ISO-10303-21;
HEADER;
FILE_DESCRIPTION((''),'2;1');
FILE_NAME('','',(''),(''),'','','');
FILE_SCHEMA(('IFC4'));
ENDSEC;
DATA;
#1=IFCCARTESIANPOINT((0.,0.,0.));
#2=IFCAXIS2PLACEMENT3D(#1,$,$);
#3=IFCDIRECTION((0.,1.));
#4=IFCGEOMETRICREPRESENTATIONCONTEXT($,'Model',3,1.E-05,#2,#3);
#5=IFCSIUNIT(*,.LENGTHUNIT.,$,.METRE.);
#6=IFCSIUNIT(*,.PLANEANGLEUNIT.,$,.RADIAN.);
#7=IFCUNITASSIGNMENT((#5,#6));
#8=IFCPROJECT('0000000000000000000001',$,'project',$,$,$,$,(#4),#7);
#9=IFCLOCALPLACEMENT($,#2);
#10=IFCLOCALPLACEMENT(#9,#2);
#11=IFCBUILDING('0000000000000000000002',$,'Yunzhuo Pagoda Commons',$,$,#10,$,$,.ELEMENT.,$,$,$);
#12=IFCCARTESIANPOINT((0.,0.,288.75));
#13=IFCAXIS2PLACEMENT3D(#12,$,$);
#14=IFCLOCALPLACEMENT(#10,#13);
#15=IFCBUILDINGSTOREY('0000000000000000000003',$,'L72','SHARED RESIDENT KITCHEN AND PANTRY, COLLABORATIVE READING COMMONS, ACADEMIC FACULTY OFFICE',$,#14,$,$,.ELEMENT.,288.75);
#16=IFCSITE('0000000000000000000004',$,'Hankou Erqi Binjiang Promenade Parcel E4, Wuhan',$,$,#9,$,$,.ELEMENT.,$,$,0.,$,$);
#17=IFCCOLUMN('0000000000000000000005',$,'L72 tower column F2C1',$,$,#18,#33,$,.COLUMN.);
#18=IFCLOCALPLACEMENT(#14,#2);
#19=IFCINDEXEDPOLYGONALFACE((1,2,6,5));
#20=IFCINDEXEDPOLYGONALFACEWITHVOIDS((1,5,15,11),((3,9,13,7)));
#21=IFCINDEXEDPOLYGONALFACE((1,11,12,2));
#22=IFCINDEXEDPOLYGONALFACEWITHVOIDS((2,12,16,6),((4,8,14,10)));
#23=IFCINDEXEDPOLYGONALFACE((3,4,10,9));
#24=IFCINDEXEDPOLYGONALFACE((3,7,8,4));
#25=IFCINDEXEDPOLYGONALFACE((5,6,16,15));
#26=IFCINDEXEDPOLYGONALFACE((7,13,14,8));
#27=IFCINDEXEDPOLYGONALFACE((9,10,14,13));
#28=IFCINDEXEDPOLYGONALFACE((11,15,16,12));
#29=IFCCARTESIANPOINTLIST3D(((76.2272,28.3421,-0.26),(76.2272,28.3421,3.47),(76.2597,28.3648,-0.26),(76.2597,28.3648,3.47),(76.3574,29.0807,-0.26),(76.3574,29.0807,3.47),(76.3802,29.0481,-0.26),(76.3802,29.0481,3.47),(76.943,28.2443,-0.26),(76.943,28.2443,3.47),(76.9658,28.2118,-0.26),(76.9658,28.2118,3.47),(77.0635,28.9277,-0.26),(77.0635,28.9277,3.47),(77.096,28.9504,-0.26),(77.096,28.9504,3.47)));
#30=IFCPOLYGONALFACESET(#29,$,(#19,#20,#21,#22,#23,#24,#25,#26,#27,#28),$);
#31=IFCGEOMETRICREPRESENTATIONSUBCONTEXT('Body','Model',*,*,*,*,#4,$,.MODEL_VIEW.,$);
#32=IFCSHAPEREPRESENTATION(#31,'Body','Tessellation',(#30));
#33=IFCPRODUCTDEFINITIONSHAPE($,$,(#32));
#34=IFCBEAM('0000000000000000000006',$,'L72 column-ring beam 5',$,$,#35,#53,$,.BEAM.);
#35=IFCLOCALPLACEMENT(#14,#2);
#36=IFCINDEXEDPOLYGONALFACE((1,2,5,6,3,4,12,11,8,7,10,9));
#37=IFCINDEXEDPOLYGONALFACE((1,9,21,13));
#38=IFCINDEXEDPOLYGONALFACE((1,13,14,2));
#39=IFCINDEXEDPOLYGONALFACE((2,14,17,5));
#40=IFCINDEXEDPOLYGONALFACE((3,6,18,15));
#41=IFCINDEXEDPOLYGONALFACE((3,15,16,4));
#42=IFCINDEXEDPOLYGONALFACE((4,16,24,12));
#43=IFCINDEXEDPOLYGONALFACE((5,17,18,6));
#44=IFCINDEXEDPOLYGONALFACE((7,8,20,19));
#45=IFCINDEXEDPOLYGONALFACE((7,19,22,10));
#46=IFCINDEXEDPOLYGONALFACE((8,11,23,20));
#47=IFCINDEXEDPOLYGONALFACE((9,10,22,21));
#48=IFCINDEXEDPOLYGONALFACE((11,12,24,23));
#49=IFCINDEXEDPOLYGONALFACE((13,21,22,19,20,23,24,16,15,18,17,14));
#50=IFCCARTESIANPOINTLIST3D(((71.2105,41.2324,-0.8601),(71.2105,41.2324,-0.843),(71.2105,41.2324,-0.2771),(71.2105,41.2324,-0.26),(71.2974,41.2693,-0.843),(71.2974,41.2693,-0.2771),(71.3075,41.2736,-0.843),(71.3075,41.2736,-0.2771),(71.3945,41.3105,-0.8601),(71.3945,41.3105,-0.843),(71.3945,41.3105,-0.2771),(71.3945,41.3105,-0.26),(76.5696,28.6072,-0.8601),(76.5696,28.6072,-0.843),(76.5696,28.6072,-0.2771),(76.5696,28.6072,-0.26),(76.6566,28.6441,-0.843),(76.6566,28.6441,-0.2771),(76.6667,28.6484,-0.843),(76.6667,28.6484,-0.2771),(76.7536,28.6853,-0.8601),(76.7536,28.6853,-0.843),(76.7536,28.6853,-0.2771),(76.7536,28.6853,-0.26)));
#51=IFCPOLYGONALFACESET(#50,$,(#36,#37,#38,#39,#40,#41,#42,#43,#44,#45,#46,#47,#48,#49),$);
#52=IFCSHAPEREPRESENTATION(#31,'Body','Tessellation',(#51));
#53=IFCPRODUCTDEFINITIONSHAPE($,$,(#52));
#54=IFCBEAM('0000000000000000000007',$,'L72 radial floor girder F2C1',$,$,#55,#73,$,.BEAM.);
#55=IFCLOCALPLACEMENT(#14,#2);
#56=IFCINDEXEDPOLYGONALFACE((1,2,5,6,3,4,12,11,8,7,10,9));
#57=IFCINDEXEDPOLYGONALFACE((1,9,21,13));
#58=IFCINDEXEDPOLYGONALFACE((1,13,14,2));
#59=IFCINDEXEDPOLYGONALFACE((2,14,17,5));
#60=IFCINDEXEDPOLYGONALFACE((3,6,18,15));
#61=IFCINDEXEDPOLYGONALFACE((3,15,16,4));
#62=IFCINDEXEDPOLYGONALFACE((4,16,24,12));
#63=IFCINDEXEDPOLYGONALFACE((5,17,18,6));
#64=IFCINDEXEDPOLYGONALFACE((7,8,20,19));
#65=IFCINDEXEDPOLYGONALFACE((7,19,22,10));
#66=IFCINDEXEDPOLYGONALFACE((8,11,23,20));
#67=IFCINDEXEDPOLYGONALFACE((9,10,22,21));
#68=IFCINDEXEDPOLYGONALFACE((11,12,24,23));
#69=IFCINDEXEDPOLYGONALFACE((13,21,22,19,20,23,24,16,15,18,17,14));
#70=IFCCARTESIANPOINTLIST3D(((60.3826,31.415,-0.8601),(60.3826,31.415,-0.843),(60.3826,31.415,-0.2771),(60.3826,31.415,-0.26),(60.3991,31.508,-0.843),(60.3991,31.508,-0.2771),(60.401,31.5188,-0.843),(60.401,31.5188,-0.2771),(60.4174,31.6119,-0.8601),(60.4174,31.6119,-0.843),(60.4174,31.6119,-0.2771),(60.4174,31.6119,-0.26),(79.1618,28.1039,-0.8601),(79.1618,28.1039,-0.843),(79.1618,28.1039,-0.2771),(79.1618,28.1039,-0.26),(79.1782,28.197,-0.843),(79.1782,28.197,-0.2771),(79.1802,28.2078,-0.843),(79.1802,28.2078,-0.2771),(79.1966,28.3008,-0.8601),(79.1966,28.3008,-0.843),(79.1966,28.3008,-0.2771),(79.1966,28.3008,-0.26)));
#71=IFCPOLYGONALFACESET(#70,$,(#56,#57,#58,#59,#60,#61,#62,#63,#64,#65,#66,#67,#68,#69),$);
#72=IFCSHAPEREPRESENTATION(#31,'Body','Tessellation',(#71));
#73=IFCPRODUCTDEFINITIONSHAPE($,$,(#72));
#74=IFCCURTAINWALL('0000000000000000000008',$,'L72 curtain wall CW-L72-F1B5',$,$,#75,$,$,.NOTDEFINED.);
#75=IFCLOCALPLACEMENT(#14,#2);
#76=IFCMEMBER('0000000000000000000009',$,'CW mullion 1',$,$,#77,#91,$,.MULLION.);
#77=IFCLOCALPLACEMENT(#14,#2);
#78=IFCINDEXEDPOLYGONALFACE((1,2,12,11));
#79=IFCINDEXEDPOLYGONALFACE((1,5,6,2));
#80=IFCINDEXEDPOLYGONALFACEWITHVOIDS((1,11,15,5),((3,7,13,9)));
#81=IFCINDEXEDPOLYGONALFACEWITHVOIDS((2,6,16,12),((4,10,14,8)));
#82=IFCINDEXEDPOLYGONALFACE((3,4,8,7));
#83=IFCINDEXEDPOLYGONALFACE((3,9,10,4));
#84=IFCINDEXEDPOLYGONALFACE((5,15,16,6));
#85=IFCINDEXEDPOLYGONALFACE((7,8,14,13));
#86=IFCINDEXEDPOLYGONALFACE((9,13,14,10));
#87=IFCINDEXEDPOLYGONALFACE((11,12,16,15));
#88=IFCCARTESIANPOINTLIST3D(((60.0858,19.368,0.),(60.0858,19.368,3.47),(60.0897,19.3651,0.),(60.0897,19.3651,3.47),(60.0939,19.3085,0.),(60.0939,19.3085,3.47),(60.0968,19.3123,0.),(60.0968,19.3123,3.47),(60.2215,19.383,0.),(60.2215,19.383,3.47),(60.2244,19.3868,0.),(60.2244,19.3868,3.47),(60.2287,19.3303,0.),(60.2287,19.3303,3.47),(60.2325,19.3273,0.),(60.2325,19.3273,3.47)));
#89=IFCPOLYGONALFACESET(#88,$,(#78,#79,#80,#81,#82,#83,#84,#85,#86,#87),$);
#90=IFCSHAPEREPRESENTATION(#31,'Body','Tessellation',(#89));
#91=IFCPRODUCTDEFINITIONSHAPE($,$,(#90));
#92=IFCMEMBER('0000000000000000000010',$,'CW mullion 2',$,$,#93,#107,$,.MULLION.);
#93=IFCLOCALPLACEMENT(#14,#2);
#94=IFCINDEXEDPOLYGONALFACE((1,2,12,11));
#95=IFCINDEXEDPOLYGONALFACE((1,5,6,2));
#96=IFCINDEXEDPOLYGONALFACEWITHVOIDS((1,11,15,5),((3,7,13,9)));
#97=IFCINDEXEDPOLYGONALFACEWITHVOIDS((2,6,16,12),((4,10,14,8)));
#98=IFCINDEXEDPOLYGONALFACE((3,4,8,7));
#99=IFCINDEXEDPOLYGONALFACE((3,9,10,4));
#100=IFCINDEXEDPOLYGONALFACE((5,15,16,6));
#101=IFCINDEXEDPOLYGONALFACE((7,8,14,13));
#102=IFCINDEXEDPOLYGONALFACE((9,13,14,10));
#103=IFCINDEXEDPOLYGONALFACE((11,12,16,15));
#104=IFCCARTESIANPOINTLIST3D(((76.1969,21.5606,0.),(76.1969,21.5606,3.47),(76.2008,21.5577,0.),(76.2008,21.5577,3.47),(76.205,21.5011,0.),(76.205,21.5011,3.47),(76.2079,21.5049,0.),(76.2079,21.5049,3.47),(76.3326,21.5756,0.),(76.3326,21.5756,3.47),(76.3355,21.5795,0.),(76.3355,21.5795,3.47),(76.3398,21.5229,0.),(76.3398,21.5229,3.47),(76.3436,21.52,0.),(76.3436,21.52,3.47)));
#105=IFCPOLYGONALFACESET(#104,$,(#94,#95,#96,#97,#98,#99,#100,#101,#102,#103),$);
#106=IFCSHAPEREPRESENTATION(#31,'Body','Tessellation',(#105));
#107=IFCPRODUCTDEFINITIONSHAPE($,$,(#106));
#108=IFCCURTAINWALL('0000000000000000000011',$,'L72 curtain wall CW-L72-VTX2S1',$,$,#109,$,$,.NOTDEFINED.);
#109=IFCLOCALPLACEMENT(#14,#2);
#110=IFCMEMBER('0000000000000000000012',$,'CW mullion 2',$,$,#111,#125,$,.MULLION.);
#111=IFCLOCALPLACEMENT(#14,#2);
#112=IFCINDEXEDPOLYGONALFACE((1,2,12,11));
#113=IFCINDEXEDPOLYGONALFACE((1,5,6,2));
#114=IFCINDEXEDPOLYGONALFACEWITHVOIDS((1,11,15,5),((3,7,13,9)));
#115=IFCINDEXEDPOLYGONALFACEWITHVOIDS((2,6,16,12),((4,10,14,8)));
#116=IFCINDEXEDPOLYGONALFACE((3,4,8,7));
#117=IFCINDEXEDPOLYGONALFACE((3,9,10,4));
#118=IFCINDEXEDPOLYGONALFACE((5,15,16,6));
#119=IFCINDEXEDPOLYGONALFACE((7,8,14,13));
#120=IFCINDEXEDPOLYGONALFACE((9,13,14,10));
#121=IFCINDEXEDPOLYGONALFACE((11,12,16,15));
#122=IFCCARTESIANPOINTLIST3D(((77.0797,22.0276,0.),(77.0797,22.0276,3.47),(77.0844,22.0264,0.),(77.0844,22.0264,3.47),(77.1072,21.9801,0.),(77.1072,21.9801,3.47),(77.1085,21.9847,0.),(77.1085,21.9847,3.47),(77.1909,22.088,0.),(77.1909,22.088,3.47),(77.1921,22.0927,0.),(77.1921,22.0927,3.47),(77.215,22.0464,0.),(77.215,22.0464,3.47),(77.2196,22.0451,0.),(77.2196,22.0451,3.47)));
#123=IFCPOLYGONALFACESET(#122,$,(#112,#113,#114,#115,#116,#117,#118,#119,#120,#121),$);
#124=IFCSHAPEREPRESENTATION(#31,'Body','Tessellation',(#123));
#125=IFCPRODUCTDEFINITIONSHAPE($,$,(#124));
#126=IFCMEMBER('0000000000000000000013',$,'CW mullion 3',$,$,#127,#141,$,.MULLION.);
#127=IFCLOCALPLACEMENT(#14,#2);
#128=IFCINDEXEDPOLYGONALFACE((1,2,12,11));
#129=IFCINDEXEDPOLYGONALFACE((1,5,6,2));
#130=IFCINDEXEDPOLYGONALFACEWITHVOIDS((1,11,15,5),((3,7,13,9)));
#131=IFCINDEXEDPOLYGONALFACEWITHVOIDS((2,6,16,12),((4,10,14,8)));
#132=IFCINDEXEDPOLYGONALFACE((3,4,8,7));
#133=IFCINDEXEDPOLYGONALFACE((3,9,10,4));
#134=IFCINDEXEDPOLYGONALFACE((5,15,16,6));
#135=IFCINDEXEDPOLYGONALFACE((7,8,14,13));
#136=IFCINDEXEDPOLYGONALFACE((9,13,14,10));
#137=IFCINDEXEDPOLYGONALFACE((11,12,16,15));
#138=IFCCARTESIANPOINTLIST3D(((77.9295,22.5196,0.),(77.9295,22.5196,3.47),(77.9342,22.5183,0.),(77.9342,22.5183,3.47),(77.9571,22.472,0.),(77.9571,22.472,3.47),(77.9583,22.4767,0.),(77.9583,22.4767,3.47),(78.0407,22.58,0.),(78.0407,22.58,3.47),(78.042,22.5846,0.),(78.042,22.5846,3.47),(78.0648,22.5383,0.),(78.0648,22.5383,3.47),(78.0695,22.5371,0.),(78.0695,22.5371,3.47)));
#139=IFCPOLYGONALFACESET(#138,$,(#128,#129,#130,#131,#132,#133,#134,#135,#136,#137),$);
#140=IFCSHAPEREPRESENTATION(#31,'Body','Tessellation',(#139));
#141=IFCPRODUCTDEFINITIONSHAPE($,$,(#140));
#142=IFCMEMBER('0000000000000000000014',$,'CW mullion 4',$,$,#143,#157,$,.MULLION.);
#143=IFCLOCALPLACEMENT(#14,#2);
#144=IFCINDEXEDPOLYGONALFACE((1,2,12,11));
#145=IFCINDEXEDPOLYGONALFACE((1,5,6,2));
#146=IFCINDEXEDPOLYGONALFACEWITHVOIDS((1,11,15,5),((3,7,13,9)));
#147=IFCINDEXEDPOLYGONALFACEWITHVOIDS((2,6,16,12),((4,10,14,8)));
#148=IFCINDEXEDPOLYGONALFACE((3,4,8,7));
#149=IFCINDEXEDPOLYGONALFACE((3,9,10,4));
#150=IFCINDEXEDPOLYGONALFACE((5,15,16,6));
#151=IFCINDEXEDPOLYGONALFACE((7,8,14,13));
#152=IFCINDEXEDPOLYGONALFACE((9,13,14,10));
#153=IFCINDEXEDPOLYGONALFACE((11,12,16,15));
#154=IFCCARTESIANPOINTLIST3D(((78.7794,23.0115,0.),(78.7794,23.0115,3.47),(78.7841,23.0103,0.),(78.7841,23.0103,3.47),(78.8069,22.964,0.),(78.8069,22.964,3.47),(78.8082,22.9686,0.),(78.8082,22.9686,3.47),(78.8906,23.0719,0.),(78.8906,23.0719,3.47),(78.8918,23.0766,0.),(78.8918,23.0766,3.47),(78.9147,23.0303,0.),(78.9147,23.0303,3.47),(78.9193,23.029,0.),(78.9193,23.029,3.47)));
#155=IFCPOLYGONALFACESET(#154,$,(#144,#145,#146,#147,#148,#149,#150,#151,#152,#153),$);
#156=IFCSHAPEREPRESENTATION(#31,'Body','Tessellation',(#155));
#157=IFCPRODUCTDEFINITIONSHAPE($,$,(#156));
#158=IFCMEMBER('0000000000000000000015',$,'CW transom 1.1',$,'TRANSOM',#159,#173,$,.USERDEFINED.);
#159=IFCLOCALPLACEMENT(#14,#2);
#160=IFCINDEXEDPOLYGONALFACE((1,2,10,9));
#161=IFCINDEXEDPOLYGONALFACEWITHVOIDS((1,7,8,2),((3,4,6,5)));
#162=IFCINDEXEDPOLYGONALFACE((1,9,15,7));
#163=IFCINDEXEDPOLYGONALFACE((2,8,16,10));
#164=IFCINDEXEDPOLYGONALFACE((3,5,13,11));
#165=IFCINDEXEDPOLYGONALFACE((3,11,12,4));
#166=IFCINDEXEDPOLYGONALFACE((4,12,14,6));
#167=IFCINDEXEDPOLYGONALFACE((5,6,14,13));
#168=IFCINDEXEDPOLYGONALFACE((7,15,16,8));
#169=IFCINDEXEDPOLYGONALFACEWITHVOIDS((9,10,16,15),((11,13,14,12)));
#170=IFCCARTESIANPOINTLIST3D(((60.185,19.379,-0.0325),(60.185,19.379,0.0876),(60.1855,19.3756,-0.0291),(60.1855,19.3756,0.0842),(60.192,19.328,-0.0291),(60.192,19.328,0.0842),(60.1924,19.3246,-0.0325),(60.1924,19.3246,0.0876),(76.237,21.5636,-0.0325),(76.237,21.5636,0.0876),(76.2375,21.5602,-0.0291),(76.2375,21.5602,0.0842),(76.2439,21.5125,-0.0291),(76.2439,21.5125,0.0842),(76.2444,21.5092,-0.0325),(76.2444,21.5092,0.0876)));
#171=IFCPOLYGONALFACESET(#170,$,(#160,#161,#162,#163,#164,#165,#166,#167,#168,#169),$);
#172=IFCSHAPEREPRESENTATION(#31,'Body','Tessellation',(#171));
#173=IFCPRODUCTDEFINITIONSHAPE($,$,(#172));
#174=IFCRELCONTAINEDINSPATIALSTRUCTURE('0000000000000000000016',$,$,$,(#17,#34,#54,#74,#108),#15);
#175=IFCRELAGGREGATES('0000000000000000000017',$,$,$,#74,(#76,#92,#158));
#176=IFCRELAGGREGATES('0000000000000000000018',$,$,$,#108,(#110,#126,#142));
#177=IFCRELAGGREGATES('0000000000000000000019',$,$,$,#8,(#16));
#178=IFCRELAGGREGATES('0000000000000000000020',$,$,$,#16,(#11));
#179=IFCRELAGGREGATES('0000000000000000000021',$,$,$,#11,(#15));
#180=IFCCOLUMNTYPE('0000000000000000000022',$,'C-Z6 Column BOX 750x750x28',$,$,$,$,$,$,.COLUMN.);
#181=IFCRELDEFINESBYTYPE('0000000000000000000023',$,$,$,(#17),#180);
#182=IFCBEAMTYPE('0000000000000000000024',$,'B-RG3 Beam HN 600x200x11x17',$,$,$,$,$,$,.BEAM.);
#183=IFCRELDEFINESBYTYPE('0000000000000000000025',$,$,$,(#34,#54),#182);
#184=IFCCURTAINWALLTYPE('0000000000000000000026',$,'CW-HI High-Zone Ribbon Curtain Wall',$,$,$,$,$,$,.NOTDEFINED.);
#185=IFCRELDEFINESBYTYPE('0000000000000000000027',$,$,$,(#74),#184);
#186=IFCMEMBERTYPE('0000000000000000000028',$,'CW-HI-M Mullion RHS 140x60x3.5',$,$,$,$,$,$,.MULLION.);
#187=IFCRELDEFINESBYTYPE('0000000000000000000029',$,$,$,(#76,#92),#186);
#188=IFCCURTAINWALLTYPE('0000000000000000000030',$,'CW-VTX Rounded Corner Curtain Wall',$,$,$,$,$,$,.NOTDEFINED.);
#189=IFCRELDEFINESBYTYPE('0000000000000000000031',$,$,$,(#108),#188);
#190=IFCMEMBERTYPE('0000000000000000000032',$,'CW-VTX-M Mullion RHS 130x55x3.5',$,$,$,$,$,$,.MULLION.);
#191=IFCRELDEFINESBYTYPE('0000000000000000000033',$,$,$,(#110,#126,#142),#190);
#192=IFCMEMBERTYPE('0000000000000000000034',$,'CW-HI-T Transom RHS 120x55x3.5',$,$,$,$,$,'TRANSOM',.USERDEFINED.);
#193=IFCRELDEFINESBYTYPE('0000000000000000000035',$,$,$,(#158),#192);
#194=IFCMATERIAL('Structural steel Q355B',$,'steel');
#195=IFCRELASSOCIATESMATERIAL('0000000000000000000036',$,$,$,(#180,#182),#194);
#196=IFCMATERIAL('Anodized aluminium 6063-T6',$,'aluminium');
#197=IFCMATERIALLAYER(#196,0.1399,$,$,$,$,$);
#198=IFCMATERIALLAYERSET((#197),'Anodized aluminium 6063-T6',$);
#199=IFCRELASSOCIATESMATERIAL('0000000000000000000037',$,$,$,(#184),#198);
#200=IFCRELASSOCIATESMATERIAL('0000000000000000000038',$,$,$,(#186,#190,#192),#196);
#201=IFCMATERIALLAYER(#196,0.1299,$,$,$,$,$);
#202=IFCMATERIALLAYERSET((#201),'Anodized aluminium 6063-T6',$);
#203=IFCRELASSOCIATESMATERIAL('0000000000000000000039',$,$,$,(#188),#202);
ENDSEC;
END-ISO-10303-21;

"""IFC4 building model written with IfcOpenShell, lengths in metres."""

from ifc_helpers import new_model, si_unit, direction, frame, origin, origin_2d, place, context, subcontext, project, spatial, hollow_rectangle, i_section, extrude, source, transform, mapped, material, layer, layer_set, material_profile, profile_set, type_object, element, aggregate, save


model = new_model("IFC4")

# Units and contexts
model_context = context("Model", 3, precision=1e-05, world=origin(), true_north=direction((0.0, 1.0)))
body_context = subcontext(model_context, "Body", "Model", "MODEL_VIEW")
ifc_project = project(units=[si_unit("LENGTHUNIT", "METRE"), si_unit("PLANEANGLEUNIT", "RADIAN")], contexts=[model_context])

# Site, building, storey
site_placement = place(None, origin())
site = spatial("IfcSite", under=ifc_project, at=site_placement, Name="Hankou Erqi Binjiang Promenade Parcel E4, Wuhan", CompositionType="ELEMENT", RefElevation=0.0)
building_placement = place(site_placement, origin())
building = spatial("IfcBuilding", under=site, at=building_placement, Name="Yunzhuo Pagoda Commons", CompositionType="ELEMENT")
storey_placement = place(building_placement, frame((0.0, 0.0, 288.75)))
storey = spatial("IfcBuildingStorey", under=building, at=storey_placement, Name="L72", Description="SHARED RESIDENT KITCHEN AND PANTRY, COLLABORATIVE READING COMMONS, ACADEMIC FACULTY OFFICE", CompositionType="ELEMENT", Elevation=288.75)

# Column
ifc_material_1 = material(Name="Structural steel Q355B", Category="steel")
ifc_material_profile_1 = material_profile(ifc_material_1, hollow_rectangle(XDim=0.75, YDim=0.75, WallThickness=0.0281, at=origin_2d()), Name="Structural steel Q355B")
ifc_profile_set_1 = profile_set([ifc_material_profile_1], Name="Structural steel Q355B")
column_type = type_object("IfcColumnType", Name="C-Z6 Column BOX 750x750x28", PredefinedType="COLUMN", material=ifc_profile_set_1)
shared_shape_1 = source(origin(), body_context, "Body", "SweptSolid", [
    extrude(hollow_rectangle(XDim=0.75, YDim=0.75, WallThickness=0.0281, at=origin_2d()), origin(), (0.0, 0.0, 1.0), 3.73),
])
column_placement = place(storey_placement, frame((76.6616, 28.6462, -0.26), z_axis=(0.0, 0.0, 1.0), x_axis=(0.173648, 0.984808, 0.0)))
element("IfcColumn", 1, at=column_placement, inside=storey, type_object=column_type, Name="L72 tower column F2C1", PredefinedType="COLUMN", context=body_context, shape_type="MappedRepresentation", body=[
    mapped(shared_shape_1, transform((0.0, 0.0, 0.0), scale=1.0)),
])

# Beams
ifc_material_profile_2 = material_profile(ifc_material_1, i_section(OverallWidth=0.2, OverallDepth=0.6001, WebThickness=0.011, FlangeThickness=0.0171, at=origin_2d()), Name="Structural steel Q355B")
ifc_profile_set_2 = profile_set([ifc_material_profile_2], Name="Structural steel Q355B")
beam_type = type_object("IfcBeamType", Name="B-RG3 Beam HN 600x200x11x17", PredefinedType="BEAM", material=ifc_profile_set_2)
shared_shape_2 = source(origin(), body_context, "Body", "SweptSolid", [
    extrude(i_section(OverallWidth=0.2, OverallDepth=0.6001, WebThickness=0.011, FlangeThickness=0.0171, at=origin_2d()), origin(), (0.0, 0.0, 1.0), 13.7156),
])
beam_1_placement = place(storey_placement, frame((76.6616, 28.6462, -0.5601), z_axis=(-0.390733, 0.920504, 0.0), x_axis=(-0.920504, -0.390733, 0.0)))
element("IfcBeam", 2, at=beam_1_placement, inside=storey, type_object=beam_type, Name="L72 column-ring beam 5", PredefinedType="BEAM", context=body_context, shape_type="MappedRepresentation", body=[
    mapped(shared_shape_2, transform((0.0, 0.0, 0.0), scale=1.0)),
])
shared_shape_3 = source(origin(), body_context, "Body", "SweptSolid", [
    extrude(i_section(OverallWidth=0.2, OverallDepth=0.6001, WebThickness=0.011, FlangeThickness=0.0171, at=origin_2d()), origin(), (0.0, 0.0, 1.0), 19.0688),
])
beam_2_placement = place(storey_placement, frame((79.1792, 28.2024, -0.5601), z_axis=(-0.98481, 0.173635, 0.0), x_axis=(-0.173635, -0.98481, 0.0)))
element("IfcBeam", 3, at=beam_2_placement, inside=storey, type_object=beam_type, Name="L72 radial floor girder F2C1", PredefinedType="BEAM", context=body_context, shape_type="MappedRepresentation", body=[
    mapped(shared_shape_3, transform((0.0, 0.0, 0.0), scale=1.0)),
])

# Curtain walls, members
ifc_material_2 = material(Name="Anodized aluminium 6063-T6", Category="aluminium")
ifc_layer_1 = layer(ifc_material_2, 0.1399)
ifc_layer_set_1 = layer_set([ifc_layer_1], Name="Anodized aluminium 6063-T6")
curtain_wall_type_1 = type_object("IfcCurtainWallType", Name="CW-HI High-Zone Ribbon Curtain Wall", PredefinedType="NOTDEFINED", material=ifc_layer_set_1)
curtain_wall_1_placement = place(storey_placement, origin())
curtain_wall_1 = element("IfcCurtainWall", 4, at=curtain_wall_1_placement, inside=storey, type_object=curtain_wall_type_1, Name="L72 curtain wall CW-L72-F1B5", PredefinedType="NOTDEFINED")
ifc_material_profile_3 = material_profile(ifc_material_2, hollow_rectangle(XDim=0.0601, YDim=0.1399, WallThickness=0.0034, at=origin_2d()), Name="Anodized aluminium 6063-T6")
ifc_profile_set_3 = profile_set([ifc_material_profile_3], Name="Anodized aluminium 6063-T6")
member_type_1 = type_object("IfcMemberType", Name="CW-HI-M Mullion RHS 140x60x3.5", PredefinedType="MULLION", material=ifc_profile_set_3)
shared_shape_4 = source(origin(), body_context, "Body", "SweptSolid", [
    extrude(hollow_rectangle(XDim=0.0601, YDim=0.1399, WallThickness=0.0034, at=origin_2d()), origin(), (0.0, 0.0, 1.0), 3.47),
])
member_1_placement = place(storey_placement, frame((60.1592, 19.3477, 0.0), z_axis=(0.0, 0.0, 1.0), x_axis=(-0.134854, 0.990865, 0.0)))
member_1 = element("IfcMember", 5, at=member_1_placement, type_object=member_type_1, Name="CW mullion 1", PredefinedType="MULLION", context=body_context, shape_type="MappedRepresentation", body=[
    mapped(shared_shape_4, transform((0.0, 0.0, 0.0), scale=1.0)),
])
member_2_placement = place(storey_placement, frame((76.2703, 21.5403, 0.0), z_axis=(0.0, 0.0, 1.0), x_axis=(-0.134854, 0.990865, 0.0)))
member_2 = element("IfcMember", 6, at=member_2_placement, type_object=member_type_1, Name="CW mullion 2", PredefinedType="MULLION", context=body_context, shape_type="MappedRepresentation", body=[
    mapped(shared_shape_4, transform((0.0, 0.0, 0.0), scale=1.0)),
])
ifc_layer_2 = layer(ifc_material_2, 0.1299)
ifc_layer_set_2 = layer_set([ifc_layer_2], Name="Anodized aluminium 6063-T6")
curtain_wall_type_2 = type_object("IfcCurtainWallType", Name="CW-VTX Rounded Corner Curtain Wall", PredefinedType="NOTDEFINED", material=ifc_layer_set_2)
curtain_wall_2_placement = place(storey_placement, origin())
curtain_wall_2 = element("IfcCurtainWall", 7, at=curtain_wall_2_placement, inside=storey, type_object=curtain_wall_type_2, Name="L72 curtain wall CW-L72-VTX2S1", PredefinedType="NOTDEFINED")
ifc_material_profile_4 = material_profile(ifc_material_2, hollow_rectangle(XDim=0.0549, YDim=0.1299, WallThickness=0.0034, at=origin_2d()), Name="Anodized aluminium 6063-T6")
ifc_profile_set_4 = profile_set([ifc_material_profile_4], Name="Anodized aluminium 6063-T6")
member_type_2 = type_object("IfcMemberType", Name="CW-VTX-M Mullion RHS 130x55x3.5", PredefinedType="MULLION", material=ifc_profile_set_4)
shared_shape_5 = source(origin(), body_context, "Body", "SweptSolid", [
    extrude(hollow_rectangle(XDim=0.0549, YDim=0.1299, WallThickness=0.0034, at=origin_2d()), origin(), (0.0, 0.0, 1.0), 3.47),
])
member_3_placement = place(storey_placement, frame((77.1497, 22.0364, 0.0), z_axis=(0.0, 0.0, 1.0), x_axis=(-0.501017, 0.865437, 0.0)))
member_3 = element("IfcMember", 8, at=member_3_placement, type_object=member_type_2, Name="CW mullion 2", PredefinedType="MULLION", context=body_context, shape_type="MappedRepresentation", body=[
    mapped(shared_shape_5, transform((0.0, 0.0, 0.0), scale=1.0)),
])
member_4_placement = place(storey_placement, frame((77.9995, 22.5283, 0.0), z_axis=(0.0, 0.0, 1.0), x_axis=(-0.501017, 0.865437, 0.0)))
member_4 = element("IfcMember", 9, at=member_4_placement, type_object=member_type_2, Name="CW mullion 3", PredefinedType="MULLION", context=body_context, shape_type="MappedRepresentation", body=[
    mapped(shared_shape_5, transform((0.0, 0.0, 0.0), scale=1.0)),
])
member_5_placement = place(storey_placement, frame((78.8494, 23.0203, 0.0), z_axis=(0.0, 0.0, 1.0), x_axis=(-0.501017, 0.865437, 0.0)))
member_5 = element("IfcMember", 10, at=member_5_placement, type_object=member_type_2, Name="CW mullion 4", PredefinedType="MULLION", context=body_context, shape_type="MappedRepresentation", body=[
    mapped(shared_shape_5, transform((0.0, 0.0, 0.0), scale=1.0)),
])

# Member
ifc_material_profile_5 = material_profile(ifc_material_2, hollow_rectangle(XDim=0.0549, YDim=0.1201, WallThickness=0.0034, at=origin_2d()), Name="Anodized aluminium 6063-T6")
ifc_profile_set_5 = profile_set([ifc_material_profile_5], Name="Anodized aluminium 6063-T6")
member_type_3 = type_object("IfcMemberType", Name="CW-HI-T Transom RHS 120x55x3.5", ElementType="TRANSOM", PredefinedType="USERDEFINED", material=ifc_profile_set_5)
shared_shape_6 = source(origin(), body_context, "Body", "SweptSolid", [
    extrude(hollow_rectangle(XDim=0.0549, YDim=0.1201, WallThickness=0.0034, at=origin_2d()), origin(), (0.0, 0.0, 1.0), 16.2),
])
member_6_placement = place(storey_placement, frame((60.1887, 19.3518, 0.0276), z_axis=(0.990866, 0.13485, 0.0), x_axis=(-0.13485, 0.990866, 0.0)))
member_6 = element("IfcMember", 11, at=member_6_placement, type_object=member_type_3, Name="CW transom 1.1", ObjectType="TRANSOM", PredefinedType="USERDEFINED", context=body_context, shape_type="MappedRepresentation", body=[
    mapped(shared_shape_6, transform((0.0, 0.0, 0.0), scale=1.0)),
])

aggregate(curtain_wall_1, [member_1, member_2, member_6])
aggregate(curtain_wall_2, [member_3, member_4, member_5])

save(model, "model.ifc")
